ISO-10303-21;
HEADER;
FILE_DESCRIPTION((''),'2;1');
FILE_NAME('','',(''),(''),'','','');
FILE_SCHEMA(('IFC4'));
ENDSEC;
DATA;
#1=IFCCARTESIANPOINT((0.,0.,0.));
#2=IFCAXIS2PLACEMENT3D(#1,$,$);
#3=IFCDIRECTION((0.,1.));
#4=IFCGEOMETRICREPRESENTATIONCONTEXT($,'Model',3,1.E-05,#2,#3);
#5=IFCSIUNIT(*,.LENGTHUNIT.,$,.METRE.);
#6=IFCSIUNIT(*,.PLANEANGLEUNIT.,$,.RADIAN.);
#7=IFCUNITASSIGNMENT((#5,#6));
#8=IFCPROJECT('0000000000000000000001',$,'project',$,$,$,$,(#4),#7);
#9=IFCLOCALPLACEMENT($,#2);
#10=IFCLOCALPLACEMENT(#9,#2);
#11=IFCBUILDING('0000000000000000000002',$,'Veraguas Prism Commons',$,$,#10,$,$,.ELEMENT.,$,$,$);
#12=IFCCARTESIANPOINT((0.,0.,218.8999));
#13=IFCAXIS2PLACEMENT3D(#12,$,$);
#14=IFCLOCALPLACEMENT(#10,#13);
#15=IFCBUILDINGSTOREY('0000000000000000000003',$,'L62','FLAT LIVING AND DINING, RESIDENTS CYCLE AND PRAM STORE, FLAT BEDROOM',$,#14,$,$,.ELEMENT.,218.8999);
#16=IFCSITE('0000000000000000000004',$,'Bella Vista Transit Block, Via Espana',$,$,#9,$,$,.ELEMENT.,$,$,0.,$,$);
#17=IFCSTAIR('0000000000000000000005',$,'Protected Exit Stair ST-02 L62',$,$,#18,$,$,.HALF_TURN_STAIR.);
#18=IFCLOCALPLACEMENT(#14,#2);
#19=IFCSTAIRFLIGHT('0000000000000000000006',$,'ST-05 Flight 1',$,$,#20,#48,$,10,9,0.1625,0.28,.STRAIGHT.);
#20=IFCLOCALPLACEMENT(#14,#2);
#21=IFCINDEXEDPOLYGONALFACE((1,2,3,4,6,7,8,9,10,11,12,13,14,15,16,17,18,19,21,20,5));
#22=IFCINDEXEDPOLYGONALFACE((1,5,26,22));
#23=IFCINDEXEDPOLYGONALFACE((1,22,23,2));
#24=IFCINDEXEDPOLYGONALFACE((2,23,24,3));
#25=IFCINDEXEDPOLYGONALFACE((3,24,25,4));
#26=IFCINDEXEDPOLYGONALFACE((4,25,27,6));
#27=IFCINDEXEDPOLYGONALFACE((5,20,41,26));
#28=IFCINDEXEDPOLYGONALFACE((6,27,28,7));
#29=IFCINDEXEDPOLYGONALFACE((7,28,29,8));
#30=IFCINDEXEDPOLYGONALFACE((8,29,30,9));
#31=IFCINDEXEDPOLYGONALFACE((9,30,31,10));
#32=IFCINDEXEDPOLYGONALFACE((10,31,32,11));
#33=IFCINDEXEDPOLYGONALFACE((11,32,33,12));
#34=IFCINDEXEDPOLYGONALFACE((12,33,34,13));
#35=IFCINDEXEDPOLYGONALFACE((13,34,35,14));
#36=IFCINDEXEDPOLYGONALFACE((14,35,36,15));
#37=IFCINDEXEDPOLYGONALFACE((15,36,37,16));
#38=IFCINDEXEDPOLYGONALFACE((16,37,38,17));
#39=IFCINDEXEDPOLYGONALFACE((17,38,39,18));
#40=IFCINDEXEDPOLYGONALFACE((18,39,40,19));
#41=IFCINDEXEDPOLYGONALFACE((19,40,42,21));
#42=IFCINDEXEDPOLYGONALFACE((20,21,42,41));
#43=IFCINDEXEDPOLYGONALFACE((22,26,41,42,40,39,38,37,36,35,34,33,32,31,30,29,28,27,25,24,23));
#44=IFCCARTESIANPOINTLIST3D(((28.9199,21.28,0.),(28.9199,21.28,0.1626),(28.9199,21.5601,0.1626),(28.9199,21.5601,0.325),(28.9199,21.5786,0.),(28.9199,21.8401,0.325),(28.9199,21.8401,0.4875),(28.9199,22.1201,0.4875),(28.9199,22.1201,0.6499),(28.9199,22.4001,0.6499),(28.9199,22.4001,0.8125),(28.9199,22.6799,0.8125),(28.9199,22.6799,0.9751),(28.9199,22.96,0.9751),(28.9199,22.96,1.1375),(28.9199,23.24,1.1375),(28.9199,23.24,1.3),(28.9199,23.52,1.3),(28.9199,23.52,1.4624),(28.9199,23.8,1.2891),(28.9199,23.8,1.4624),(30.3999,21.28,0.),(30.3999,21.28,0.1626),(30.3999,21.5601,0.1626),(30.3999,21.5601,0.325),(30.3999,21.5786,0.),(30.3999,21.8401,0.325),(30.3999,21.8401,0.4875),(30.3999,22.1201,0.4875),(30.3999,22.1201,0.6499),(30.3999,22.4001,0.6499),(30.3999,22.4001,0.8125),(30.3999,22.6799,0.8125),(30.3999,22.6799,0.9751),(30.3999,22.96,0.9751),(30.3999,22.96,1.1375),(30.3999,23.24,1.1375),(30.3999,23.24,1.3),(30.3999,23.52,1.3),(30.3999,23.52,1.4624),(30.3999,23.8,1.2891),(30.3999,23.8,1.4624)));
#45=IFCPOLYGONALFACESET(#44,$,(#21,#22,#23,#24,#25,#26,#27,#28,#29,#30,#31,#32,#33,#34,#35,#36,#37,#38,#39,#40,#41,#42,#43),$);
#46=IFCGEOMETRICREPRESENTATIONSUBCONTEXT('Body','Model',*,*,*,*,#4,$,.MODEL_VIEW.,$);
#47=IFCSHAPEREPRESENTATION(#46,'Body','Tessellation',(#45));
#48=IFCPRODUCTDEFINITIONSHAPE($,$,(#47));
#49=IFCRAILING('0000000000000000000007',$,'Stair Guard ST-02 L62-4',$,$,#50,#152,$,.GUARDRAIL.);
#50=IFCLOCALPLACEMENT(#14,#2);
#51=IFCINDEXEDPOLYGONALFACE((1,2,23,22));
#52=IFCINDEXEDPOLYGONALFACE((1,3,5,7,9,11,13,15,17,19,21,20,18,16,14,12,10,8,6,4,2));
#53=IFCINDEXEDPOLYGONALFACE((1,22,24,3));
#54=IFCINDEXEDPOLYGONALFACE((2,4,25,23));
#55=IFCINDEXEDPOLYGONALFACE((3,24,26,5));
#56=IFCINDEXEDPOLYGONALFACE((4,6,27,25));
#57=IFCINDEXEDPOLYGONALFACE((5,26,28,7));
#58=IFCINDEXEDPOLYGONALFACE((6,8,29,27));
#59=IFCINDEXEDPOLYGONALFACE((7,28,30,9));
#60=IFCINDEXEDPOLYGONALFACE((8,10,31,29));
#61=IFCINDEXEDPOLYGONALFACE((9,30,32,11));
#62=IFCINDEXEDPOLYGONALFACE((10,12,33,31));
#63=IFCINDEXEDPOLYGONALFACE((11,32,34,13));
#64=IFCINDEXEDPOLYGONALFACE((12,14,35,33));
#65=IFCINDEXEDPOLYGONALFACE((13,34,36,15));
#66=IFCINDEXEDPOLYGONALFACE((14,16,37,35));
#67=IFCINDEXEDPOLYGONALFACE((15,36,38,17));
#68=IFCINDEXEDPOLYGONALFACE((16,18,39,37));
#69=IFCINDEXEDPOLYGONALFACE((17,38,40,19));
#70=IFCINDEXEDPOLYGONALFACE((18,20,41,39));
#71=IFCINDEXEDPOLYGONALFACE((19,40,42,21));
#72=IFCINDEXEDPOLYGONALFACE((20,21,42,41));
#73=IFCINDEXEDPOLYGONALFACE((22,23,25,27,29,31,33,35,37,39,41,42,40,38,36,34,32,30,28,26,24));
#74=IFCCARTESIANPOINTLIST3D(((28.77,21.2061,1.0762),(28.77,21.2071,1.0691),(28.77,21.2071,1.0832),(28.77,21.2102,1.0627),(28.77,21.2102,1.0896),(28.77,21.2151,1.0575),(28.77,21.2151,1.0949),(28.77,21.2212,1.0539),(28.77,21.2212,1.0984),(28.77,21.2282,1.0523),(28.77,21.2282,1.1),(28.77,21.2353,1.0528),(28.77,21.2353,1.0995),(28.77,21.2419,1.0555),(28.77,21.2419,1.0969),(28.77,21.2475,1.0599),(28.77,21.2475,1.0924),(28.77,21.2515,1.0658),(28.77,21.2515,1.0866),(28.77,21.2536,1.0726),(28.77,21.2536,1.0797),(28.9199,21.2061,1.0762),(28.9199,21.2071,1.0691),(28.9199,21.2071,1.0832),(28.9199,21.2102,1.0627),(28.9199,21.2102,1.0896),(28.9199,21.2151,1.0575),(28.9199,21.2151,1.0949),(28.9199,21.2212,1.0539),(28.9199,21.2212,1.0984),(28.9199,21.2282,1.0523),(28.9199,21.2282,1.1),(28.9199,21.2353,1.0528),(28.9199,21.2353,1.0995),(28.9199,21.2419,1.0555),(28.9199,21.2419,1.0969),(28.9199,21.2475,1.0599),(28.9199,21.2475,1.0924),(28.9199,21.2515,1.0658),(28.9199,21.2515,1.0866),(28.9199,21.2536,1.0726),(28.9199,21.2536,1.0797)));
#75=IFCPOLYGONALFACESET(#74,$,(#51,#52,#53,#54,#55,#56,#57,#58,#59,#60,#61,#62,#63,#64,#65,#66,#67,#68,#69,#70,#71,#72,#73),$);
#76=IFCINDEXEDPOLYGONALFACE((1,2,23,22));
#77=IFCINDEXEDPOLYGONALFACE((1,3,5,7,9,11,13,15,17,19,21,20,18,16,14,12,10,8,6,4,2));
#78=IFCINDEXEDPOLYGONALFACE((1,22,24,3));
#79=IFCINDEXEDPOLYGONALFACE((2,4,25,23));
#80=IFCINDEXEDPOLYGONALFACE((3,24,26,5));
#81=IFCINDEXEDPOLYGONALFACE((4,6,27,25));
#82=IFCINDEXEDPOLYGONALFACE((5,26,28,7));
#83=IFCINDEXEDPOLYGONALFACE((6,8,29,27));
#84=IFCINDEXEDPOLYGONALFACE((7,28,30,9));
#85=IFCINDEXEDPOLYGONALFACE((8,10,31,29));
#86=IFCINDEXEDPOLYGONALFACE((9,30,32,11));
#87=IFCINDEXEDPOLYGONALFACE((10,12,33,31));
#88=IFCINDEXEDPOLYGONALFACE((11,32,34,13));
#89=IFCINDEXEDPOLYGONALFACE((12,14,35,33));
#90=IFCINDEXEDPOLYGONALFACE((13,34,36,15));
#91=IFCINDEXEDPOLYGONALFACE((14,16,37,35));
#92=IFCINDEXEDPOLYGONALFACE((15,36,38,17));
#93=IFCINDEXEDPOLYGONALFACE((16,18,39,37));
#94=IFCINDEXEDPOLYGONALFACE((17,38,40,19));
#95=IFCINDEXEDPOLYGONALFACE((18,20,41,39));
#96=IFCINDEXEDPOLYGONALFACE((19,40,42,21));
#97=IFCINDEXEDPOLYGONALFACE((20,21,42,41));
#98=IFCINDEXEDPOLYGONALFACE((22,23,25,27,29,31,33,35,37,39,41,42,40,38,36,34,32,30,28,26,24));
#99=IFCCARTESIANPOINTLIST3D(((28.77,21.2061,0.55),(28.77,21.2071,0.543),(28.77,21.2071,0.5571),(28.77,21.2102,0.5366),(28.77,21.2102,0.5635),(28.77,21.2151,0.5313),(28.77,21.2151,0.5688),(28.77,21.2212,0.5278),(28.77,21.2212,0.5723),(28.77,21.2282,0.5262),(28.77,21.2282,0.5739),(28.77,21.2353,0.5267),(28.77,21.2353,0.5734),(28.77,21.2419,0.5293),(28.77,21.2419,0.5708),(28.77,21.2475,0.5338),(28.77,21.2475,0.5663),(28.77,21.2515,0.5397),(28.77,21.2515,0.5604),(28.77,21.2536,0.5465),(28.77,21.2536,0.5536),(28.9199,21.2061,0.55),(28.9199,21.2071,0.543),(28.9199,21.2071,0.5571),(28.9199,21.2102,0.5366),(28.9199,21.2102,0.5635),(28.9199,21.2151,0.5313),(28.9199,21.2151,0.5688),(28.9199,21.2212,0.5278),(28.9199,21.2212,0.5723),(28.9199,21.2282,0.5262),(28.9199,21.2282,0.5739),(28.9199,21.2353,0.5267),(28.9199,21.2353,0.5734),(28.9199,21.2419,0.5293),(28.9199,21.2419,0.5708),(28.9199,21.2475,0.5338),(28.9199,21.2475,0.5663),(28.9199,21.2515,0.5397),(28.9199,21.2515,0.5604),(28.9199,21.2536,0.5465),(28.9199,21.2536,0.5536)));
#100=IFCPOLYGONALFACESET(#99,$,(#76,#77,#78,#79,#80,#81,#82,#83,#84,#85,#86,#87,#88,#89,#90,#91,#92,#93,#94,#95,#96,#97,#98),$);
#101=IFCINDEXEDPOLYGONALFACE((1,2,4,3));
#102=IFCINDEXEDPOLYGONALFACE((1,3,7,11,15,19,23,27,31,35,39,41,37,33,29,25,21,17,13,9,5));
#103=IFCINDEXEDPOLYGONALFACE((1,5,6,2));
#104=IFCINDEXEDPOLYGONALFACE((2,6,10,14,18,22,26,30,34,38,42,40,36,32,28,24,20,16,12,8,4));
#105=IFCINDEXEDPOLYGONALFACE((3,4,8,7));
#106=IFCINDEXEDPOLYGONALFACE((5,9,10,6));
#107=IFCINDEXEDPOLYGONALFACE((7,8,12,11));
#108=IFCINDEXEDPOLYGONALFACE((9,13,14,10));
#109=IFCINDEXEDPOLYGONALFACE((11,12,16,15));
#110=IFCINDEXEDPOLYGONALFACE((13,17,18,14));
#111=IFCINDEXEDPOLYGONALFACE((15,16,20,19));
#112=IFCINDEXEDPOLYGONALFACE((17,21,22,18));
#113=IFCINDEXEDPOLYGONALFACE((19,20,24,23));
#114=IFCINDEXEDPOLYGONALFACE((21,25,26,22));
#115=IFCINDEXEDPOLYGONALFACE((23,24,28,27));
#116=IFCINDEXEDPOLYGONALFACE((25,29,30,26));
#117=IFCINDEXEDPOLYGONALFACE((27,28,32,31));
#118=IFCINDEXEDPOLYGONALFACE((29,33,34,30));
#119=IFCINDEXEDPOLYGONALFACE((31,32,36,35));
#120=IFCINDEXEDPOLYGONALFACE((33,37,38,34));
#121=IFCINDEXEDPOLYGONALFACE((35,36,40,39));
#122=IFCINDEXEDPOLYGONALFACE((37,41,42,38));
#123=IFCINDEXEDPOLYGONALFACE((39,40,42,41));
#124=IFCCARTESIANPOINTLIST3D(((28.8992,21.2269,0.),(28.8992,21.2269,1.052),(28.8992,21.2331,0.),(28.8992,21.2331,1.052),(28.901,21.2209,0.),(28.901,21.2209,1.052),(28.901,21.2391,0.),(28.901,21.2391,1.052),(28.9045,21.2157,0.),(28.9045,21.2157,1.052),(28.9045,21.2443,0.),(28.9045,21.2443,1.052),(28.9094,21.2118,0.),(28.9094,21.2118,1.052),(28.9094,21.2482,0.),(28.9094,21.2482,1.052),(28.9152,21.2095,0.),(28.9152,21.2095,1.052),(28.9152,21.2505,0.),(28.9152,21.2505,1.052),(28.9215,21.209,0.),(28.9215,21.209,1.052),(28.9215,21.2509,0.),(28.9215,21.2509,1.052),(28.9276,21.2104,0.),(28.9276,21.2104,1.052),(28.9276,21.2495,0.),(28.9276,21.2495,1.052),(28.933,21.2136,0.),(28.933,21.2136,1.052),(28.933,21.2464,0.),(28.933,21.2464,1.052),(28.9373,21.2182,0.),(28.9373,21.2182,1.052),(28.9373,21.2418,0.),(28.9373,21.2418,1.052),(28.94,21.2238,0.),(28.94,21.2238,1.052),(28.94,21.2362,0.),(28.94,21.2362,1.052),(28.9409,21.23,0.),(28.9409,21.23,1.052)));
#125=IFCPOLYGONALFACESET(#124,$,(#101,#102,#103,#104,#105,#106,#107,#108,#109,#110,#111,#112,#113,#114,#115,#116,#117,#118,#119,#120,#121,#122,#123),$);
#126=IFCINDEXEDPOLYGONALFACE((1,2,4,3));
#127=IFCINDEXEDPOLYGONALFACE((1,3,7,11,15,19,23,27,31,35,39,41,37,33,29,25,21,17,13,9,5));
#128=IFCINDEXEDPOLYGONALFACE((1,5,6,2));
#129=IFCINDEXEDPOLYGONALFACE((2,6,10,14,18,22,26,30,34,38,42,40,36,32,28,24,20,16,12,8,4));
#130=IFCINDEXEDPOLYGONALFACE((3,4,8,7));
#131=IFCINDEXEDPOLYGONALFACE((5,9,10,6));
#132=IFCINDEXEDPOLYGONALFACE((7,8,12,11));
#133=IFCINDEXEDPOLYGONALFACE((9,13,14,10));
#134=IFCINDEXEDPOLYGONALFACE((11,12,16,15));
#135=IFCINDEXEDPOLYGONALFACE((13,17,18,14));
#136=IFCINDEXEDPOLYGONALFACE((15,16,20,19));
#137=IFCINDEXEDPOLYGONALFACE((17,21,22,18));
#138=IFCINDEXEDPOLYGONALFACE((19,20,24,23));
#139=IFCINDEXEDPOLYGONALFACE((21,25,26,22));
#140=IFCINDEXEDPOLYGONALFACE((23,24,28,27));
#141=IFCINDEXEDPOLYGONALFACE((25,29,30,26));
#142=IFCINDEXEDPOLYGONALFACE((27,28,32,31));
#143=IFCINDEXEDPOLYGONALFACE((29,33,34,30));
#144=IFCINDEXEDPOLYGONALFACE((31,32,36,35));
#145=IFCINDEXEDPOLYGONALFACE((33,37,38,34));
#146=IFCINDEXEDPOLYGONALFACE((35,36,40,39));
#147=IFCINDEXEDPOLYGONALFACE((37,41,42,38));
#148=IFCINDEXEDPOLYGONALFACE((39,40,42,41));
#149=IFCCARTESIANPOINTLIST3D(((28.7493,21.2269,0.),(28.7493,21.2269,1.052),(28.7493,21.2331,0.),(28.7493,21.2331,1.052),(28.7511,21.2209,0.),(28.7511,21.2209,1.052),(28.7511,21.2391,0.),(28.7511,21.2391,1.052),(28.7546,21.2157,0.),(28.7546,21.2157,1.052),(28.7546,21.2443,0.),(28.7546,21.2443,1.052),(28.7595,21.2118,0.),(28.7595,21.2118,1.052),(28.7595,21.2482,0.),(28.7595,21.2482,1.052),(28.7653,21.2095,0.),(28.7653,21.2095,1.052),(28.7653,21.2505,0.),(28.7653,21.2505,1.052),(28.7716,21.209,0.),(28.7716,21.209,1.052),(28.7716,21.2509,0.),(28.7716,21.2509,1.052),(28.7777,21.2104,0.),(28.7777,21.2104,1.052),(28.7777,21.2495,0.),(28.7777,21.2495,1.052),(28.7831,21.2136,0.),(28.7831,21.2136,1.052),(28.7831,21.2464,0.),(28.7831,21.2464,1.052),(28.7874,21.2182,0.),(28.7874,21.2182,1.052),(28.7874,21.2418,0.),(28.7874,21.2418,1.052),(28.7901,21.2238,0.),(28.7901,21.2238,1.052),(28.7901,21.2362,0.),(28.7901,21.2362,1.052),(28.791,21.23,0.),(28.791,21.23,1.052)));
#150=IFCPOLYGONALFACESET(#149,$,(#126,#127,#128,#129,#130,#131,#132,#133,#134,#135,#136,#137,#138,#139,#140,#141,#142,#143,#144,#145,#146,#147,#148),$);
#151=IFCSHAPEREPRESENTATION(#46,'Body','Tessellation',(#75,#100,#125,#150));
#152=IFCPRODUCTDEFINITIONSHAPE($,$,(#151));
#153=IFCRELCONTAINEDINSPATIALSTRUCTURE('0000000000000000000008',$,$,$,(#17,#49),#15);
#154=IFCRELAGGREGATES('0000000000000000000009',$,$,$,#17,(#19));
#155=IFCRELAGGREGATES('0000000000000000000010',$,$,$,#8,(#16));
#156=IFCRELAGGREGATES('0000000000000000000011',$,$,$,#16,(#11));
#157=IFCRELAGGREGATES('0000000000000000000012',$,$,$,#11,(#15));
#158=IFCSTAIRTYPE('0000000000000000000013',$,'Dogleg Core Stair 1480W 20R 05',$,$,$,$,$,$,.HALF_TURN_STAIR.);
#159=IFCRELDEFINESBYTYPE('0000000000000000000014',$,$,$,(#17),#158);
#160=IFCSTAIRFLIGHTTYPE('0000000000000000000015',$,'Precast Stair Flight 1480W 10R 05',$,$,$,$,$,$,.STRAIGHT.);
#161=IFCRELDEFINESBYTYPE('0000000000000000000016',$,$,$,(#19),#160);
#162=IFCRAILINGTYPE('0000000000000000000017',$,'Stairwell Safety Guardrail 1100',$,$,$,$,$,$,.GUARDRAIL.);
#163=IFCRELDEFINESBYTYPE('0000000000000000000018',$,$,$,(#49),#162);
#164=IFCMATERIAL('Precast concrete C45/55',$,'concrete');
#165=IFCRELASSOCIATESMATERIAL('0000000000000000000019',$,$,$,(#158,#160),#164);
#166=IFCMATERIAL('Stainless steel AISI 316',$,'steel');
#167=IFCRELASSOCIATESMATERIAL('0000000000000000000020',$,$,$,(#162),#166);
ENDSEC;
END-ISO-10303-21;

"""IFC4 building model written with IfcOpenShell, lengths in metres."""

from ifc_helpers import new_model, si_unit, direction, frame, origin, origin_2d, place, context, subcontext, project, spatial, polyline, circle, outline, extrude, material, type_object, element, aggregate, save


model = new_model("IFC4")

# Units and contexts
model_context = context("Model", 3, precision=1e-05, world=origin(), true_north=direction((0.0, 1.0)))
body_context = subcontext(model_context, "Body", "Model", "MODEL_VIEW")
ifc_project = project(units=[si_unit("LENGTHUNIT", "METRE"), si_unit("PLANEANGLEUNIT", "RADIAN")], contexts=[model_context])

# Site, building, storey
site_placement = place(None, origin())
site = spatial("IfcSite", under=ifc_project, at=site_placement, Name="Bella Vista Transit Block, Via Espana", CompositionType="ELEMENT", RefElevation=0.0)
building_placement = place(site_placement, origin())
building = spatial("IfcBuilding", under=site, at=building_placement, Name="Veraguas Prism Commons", CompositionType="ELEMENT")
storey_placement = place(building_placement, frame((0.0, 0.0, 218.8999)))
storey = spatial("IfcBuildingStorey", under=building, at=storey_placement, Name="L62", Description="FLAT LIVING AND DINING, RESIDENTS CYCLE AND PRAM STORE, FLAT BEDROOM", CompositionType="ELEMENT", Elevation=218.8999)

# Shared definitions
ifc_material_1 = material(Name="Stainless steel AISI 316", Category="steel")

# Stair, stair flight
ifc_material_2 = material(Name="Precast concrete C45/55", Category="concrete")
stair_type = type_object("IfcStairType", Name="Dogleg Core Stair 1480W 20R 05", PredefinedType="HALF_TURN_STAIR", material=ifc_material_2)
stair_placement = place(storey_placement, origin())
stair = element("IfcStair", 1, at=stair_placement, inside=storey, type_object=stair_type, Name="Protected Exit Stair ST-02 L62", PredefinedType="HALF_TURN_STAIR")
stair_flight_type = type_object("IfcStairFlightType", Name="Precast Stair Flight 1480W 10R 05", PredefinedType="STRAIGHT", material=ifc_material_2)
stair_flight_placement = place(storey_placement, frame((29.6599, 21.28, 0.0), z_axis=(0.0, 0.0, 1.0), x_axis=(0.0, 1.0, 0.0)))
stair_flight = element("IfcStairFlight", 2, at=stair_flight_placement, type_object=stair_flight_type, Name="ST-05 Flight 1", NumberOfRisers=10, NumberOfTreads=9, PredefinedType="STRAIGHT", RiserHeight=0.1625, TreadLength=0.28, context=body_context, shape_type="SweptSolid", body=[
    extrude(outline(polyline([(0.0, 0.0), (0.0, 0.1626), (0.28, 0.1626), (0.28, 0.325), (0.5601, 0.325), (0.5601, 0.4875), (0.8401, 0.4875), (0.8401, 0.6499), (1.1201, 0.6499), (1.1201, 0.8125), (1.3999, 0.8125), (1.3999, 0.9751), (1.6799, 0.9751), (1.6799, 1.1375), (1.96, 1.1375), (1.96, 1.3), (2.24, 1.3), (2.24, 1.4624), (2.52, 1.4624), (2.52, 1.625), (2.52, 1.2891), (0.2986, 0.0), (0.0, 0.0)])), frame((0.0, 0.74, 0.0), z_axis=(0.0, -1.0, 0.0), x_axis=(1.0, 0.0, 0.0)), (0.0, 0.0, 1.0), 1.48),
])
aggregate(stair, [stair_flight])

# Railing
railing_type = type_object("IfcRailingType", Name="Stairwell Safety Guardrail 1100", PredefinedType="GUARDRAIL", material=ifc_material_1)
railing_placement = place(storey_placement, frame((28.9199, 21.23, 0.0)))
element("IfcRailing", 3, at=railing_placement, inside=storey, type_object=railing_type, Name="Stair Guard ST-02 L62-4", PredefinedType="GUARDRAIL", context=body_context, shape_type="SweptSolid", body=[
    extrude(circle(Radius=0.0239, at=origin_2d()), frame((0.0, 0.0, 1.0762), z_axis=(-1.0, 0.0, 0.0), x_axis=(0.0, -1.0, 0.0)), (0.0, 0.0, 1.0), 0.1499),
    extrude(circle(Radius=0.0239, at=origin_2d()), frame((0.0, 0.0, 0.55), z_axis=(-1.0, 0.0, 0.0), x_axis=(0.0, -1.0, 0.0)), (0.0, 0.0, 1.0), 0.1499),
    extrude(circle(Radius=0.021, at=origin_2d()), origin(), (0.0, 0.0, 1.0), 1.052),
    extrude(circle(Radius=0.021, at=origin_2d()), frame((-0.1499, 0.0, 0.0)), (0.0, 0.0, 1.0), 1.052),
])

save(model, "model.ifc")
